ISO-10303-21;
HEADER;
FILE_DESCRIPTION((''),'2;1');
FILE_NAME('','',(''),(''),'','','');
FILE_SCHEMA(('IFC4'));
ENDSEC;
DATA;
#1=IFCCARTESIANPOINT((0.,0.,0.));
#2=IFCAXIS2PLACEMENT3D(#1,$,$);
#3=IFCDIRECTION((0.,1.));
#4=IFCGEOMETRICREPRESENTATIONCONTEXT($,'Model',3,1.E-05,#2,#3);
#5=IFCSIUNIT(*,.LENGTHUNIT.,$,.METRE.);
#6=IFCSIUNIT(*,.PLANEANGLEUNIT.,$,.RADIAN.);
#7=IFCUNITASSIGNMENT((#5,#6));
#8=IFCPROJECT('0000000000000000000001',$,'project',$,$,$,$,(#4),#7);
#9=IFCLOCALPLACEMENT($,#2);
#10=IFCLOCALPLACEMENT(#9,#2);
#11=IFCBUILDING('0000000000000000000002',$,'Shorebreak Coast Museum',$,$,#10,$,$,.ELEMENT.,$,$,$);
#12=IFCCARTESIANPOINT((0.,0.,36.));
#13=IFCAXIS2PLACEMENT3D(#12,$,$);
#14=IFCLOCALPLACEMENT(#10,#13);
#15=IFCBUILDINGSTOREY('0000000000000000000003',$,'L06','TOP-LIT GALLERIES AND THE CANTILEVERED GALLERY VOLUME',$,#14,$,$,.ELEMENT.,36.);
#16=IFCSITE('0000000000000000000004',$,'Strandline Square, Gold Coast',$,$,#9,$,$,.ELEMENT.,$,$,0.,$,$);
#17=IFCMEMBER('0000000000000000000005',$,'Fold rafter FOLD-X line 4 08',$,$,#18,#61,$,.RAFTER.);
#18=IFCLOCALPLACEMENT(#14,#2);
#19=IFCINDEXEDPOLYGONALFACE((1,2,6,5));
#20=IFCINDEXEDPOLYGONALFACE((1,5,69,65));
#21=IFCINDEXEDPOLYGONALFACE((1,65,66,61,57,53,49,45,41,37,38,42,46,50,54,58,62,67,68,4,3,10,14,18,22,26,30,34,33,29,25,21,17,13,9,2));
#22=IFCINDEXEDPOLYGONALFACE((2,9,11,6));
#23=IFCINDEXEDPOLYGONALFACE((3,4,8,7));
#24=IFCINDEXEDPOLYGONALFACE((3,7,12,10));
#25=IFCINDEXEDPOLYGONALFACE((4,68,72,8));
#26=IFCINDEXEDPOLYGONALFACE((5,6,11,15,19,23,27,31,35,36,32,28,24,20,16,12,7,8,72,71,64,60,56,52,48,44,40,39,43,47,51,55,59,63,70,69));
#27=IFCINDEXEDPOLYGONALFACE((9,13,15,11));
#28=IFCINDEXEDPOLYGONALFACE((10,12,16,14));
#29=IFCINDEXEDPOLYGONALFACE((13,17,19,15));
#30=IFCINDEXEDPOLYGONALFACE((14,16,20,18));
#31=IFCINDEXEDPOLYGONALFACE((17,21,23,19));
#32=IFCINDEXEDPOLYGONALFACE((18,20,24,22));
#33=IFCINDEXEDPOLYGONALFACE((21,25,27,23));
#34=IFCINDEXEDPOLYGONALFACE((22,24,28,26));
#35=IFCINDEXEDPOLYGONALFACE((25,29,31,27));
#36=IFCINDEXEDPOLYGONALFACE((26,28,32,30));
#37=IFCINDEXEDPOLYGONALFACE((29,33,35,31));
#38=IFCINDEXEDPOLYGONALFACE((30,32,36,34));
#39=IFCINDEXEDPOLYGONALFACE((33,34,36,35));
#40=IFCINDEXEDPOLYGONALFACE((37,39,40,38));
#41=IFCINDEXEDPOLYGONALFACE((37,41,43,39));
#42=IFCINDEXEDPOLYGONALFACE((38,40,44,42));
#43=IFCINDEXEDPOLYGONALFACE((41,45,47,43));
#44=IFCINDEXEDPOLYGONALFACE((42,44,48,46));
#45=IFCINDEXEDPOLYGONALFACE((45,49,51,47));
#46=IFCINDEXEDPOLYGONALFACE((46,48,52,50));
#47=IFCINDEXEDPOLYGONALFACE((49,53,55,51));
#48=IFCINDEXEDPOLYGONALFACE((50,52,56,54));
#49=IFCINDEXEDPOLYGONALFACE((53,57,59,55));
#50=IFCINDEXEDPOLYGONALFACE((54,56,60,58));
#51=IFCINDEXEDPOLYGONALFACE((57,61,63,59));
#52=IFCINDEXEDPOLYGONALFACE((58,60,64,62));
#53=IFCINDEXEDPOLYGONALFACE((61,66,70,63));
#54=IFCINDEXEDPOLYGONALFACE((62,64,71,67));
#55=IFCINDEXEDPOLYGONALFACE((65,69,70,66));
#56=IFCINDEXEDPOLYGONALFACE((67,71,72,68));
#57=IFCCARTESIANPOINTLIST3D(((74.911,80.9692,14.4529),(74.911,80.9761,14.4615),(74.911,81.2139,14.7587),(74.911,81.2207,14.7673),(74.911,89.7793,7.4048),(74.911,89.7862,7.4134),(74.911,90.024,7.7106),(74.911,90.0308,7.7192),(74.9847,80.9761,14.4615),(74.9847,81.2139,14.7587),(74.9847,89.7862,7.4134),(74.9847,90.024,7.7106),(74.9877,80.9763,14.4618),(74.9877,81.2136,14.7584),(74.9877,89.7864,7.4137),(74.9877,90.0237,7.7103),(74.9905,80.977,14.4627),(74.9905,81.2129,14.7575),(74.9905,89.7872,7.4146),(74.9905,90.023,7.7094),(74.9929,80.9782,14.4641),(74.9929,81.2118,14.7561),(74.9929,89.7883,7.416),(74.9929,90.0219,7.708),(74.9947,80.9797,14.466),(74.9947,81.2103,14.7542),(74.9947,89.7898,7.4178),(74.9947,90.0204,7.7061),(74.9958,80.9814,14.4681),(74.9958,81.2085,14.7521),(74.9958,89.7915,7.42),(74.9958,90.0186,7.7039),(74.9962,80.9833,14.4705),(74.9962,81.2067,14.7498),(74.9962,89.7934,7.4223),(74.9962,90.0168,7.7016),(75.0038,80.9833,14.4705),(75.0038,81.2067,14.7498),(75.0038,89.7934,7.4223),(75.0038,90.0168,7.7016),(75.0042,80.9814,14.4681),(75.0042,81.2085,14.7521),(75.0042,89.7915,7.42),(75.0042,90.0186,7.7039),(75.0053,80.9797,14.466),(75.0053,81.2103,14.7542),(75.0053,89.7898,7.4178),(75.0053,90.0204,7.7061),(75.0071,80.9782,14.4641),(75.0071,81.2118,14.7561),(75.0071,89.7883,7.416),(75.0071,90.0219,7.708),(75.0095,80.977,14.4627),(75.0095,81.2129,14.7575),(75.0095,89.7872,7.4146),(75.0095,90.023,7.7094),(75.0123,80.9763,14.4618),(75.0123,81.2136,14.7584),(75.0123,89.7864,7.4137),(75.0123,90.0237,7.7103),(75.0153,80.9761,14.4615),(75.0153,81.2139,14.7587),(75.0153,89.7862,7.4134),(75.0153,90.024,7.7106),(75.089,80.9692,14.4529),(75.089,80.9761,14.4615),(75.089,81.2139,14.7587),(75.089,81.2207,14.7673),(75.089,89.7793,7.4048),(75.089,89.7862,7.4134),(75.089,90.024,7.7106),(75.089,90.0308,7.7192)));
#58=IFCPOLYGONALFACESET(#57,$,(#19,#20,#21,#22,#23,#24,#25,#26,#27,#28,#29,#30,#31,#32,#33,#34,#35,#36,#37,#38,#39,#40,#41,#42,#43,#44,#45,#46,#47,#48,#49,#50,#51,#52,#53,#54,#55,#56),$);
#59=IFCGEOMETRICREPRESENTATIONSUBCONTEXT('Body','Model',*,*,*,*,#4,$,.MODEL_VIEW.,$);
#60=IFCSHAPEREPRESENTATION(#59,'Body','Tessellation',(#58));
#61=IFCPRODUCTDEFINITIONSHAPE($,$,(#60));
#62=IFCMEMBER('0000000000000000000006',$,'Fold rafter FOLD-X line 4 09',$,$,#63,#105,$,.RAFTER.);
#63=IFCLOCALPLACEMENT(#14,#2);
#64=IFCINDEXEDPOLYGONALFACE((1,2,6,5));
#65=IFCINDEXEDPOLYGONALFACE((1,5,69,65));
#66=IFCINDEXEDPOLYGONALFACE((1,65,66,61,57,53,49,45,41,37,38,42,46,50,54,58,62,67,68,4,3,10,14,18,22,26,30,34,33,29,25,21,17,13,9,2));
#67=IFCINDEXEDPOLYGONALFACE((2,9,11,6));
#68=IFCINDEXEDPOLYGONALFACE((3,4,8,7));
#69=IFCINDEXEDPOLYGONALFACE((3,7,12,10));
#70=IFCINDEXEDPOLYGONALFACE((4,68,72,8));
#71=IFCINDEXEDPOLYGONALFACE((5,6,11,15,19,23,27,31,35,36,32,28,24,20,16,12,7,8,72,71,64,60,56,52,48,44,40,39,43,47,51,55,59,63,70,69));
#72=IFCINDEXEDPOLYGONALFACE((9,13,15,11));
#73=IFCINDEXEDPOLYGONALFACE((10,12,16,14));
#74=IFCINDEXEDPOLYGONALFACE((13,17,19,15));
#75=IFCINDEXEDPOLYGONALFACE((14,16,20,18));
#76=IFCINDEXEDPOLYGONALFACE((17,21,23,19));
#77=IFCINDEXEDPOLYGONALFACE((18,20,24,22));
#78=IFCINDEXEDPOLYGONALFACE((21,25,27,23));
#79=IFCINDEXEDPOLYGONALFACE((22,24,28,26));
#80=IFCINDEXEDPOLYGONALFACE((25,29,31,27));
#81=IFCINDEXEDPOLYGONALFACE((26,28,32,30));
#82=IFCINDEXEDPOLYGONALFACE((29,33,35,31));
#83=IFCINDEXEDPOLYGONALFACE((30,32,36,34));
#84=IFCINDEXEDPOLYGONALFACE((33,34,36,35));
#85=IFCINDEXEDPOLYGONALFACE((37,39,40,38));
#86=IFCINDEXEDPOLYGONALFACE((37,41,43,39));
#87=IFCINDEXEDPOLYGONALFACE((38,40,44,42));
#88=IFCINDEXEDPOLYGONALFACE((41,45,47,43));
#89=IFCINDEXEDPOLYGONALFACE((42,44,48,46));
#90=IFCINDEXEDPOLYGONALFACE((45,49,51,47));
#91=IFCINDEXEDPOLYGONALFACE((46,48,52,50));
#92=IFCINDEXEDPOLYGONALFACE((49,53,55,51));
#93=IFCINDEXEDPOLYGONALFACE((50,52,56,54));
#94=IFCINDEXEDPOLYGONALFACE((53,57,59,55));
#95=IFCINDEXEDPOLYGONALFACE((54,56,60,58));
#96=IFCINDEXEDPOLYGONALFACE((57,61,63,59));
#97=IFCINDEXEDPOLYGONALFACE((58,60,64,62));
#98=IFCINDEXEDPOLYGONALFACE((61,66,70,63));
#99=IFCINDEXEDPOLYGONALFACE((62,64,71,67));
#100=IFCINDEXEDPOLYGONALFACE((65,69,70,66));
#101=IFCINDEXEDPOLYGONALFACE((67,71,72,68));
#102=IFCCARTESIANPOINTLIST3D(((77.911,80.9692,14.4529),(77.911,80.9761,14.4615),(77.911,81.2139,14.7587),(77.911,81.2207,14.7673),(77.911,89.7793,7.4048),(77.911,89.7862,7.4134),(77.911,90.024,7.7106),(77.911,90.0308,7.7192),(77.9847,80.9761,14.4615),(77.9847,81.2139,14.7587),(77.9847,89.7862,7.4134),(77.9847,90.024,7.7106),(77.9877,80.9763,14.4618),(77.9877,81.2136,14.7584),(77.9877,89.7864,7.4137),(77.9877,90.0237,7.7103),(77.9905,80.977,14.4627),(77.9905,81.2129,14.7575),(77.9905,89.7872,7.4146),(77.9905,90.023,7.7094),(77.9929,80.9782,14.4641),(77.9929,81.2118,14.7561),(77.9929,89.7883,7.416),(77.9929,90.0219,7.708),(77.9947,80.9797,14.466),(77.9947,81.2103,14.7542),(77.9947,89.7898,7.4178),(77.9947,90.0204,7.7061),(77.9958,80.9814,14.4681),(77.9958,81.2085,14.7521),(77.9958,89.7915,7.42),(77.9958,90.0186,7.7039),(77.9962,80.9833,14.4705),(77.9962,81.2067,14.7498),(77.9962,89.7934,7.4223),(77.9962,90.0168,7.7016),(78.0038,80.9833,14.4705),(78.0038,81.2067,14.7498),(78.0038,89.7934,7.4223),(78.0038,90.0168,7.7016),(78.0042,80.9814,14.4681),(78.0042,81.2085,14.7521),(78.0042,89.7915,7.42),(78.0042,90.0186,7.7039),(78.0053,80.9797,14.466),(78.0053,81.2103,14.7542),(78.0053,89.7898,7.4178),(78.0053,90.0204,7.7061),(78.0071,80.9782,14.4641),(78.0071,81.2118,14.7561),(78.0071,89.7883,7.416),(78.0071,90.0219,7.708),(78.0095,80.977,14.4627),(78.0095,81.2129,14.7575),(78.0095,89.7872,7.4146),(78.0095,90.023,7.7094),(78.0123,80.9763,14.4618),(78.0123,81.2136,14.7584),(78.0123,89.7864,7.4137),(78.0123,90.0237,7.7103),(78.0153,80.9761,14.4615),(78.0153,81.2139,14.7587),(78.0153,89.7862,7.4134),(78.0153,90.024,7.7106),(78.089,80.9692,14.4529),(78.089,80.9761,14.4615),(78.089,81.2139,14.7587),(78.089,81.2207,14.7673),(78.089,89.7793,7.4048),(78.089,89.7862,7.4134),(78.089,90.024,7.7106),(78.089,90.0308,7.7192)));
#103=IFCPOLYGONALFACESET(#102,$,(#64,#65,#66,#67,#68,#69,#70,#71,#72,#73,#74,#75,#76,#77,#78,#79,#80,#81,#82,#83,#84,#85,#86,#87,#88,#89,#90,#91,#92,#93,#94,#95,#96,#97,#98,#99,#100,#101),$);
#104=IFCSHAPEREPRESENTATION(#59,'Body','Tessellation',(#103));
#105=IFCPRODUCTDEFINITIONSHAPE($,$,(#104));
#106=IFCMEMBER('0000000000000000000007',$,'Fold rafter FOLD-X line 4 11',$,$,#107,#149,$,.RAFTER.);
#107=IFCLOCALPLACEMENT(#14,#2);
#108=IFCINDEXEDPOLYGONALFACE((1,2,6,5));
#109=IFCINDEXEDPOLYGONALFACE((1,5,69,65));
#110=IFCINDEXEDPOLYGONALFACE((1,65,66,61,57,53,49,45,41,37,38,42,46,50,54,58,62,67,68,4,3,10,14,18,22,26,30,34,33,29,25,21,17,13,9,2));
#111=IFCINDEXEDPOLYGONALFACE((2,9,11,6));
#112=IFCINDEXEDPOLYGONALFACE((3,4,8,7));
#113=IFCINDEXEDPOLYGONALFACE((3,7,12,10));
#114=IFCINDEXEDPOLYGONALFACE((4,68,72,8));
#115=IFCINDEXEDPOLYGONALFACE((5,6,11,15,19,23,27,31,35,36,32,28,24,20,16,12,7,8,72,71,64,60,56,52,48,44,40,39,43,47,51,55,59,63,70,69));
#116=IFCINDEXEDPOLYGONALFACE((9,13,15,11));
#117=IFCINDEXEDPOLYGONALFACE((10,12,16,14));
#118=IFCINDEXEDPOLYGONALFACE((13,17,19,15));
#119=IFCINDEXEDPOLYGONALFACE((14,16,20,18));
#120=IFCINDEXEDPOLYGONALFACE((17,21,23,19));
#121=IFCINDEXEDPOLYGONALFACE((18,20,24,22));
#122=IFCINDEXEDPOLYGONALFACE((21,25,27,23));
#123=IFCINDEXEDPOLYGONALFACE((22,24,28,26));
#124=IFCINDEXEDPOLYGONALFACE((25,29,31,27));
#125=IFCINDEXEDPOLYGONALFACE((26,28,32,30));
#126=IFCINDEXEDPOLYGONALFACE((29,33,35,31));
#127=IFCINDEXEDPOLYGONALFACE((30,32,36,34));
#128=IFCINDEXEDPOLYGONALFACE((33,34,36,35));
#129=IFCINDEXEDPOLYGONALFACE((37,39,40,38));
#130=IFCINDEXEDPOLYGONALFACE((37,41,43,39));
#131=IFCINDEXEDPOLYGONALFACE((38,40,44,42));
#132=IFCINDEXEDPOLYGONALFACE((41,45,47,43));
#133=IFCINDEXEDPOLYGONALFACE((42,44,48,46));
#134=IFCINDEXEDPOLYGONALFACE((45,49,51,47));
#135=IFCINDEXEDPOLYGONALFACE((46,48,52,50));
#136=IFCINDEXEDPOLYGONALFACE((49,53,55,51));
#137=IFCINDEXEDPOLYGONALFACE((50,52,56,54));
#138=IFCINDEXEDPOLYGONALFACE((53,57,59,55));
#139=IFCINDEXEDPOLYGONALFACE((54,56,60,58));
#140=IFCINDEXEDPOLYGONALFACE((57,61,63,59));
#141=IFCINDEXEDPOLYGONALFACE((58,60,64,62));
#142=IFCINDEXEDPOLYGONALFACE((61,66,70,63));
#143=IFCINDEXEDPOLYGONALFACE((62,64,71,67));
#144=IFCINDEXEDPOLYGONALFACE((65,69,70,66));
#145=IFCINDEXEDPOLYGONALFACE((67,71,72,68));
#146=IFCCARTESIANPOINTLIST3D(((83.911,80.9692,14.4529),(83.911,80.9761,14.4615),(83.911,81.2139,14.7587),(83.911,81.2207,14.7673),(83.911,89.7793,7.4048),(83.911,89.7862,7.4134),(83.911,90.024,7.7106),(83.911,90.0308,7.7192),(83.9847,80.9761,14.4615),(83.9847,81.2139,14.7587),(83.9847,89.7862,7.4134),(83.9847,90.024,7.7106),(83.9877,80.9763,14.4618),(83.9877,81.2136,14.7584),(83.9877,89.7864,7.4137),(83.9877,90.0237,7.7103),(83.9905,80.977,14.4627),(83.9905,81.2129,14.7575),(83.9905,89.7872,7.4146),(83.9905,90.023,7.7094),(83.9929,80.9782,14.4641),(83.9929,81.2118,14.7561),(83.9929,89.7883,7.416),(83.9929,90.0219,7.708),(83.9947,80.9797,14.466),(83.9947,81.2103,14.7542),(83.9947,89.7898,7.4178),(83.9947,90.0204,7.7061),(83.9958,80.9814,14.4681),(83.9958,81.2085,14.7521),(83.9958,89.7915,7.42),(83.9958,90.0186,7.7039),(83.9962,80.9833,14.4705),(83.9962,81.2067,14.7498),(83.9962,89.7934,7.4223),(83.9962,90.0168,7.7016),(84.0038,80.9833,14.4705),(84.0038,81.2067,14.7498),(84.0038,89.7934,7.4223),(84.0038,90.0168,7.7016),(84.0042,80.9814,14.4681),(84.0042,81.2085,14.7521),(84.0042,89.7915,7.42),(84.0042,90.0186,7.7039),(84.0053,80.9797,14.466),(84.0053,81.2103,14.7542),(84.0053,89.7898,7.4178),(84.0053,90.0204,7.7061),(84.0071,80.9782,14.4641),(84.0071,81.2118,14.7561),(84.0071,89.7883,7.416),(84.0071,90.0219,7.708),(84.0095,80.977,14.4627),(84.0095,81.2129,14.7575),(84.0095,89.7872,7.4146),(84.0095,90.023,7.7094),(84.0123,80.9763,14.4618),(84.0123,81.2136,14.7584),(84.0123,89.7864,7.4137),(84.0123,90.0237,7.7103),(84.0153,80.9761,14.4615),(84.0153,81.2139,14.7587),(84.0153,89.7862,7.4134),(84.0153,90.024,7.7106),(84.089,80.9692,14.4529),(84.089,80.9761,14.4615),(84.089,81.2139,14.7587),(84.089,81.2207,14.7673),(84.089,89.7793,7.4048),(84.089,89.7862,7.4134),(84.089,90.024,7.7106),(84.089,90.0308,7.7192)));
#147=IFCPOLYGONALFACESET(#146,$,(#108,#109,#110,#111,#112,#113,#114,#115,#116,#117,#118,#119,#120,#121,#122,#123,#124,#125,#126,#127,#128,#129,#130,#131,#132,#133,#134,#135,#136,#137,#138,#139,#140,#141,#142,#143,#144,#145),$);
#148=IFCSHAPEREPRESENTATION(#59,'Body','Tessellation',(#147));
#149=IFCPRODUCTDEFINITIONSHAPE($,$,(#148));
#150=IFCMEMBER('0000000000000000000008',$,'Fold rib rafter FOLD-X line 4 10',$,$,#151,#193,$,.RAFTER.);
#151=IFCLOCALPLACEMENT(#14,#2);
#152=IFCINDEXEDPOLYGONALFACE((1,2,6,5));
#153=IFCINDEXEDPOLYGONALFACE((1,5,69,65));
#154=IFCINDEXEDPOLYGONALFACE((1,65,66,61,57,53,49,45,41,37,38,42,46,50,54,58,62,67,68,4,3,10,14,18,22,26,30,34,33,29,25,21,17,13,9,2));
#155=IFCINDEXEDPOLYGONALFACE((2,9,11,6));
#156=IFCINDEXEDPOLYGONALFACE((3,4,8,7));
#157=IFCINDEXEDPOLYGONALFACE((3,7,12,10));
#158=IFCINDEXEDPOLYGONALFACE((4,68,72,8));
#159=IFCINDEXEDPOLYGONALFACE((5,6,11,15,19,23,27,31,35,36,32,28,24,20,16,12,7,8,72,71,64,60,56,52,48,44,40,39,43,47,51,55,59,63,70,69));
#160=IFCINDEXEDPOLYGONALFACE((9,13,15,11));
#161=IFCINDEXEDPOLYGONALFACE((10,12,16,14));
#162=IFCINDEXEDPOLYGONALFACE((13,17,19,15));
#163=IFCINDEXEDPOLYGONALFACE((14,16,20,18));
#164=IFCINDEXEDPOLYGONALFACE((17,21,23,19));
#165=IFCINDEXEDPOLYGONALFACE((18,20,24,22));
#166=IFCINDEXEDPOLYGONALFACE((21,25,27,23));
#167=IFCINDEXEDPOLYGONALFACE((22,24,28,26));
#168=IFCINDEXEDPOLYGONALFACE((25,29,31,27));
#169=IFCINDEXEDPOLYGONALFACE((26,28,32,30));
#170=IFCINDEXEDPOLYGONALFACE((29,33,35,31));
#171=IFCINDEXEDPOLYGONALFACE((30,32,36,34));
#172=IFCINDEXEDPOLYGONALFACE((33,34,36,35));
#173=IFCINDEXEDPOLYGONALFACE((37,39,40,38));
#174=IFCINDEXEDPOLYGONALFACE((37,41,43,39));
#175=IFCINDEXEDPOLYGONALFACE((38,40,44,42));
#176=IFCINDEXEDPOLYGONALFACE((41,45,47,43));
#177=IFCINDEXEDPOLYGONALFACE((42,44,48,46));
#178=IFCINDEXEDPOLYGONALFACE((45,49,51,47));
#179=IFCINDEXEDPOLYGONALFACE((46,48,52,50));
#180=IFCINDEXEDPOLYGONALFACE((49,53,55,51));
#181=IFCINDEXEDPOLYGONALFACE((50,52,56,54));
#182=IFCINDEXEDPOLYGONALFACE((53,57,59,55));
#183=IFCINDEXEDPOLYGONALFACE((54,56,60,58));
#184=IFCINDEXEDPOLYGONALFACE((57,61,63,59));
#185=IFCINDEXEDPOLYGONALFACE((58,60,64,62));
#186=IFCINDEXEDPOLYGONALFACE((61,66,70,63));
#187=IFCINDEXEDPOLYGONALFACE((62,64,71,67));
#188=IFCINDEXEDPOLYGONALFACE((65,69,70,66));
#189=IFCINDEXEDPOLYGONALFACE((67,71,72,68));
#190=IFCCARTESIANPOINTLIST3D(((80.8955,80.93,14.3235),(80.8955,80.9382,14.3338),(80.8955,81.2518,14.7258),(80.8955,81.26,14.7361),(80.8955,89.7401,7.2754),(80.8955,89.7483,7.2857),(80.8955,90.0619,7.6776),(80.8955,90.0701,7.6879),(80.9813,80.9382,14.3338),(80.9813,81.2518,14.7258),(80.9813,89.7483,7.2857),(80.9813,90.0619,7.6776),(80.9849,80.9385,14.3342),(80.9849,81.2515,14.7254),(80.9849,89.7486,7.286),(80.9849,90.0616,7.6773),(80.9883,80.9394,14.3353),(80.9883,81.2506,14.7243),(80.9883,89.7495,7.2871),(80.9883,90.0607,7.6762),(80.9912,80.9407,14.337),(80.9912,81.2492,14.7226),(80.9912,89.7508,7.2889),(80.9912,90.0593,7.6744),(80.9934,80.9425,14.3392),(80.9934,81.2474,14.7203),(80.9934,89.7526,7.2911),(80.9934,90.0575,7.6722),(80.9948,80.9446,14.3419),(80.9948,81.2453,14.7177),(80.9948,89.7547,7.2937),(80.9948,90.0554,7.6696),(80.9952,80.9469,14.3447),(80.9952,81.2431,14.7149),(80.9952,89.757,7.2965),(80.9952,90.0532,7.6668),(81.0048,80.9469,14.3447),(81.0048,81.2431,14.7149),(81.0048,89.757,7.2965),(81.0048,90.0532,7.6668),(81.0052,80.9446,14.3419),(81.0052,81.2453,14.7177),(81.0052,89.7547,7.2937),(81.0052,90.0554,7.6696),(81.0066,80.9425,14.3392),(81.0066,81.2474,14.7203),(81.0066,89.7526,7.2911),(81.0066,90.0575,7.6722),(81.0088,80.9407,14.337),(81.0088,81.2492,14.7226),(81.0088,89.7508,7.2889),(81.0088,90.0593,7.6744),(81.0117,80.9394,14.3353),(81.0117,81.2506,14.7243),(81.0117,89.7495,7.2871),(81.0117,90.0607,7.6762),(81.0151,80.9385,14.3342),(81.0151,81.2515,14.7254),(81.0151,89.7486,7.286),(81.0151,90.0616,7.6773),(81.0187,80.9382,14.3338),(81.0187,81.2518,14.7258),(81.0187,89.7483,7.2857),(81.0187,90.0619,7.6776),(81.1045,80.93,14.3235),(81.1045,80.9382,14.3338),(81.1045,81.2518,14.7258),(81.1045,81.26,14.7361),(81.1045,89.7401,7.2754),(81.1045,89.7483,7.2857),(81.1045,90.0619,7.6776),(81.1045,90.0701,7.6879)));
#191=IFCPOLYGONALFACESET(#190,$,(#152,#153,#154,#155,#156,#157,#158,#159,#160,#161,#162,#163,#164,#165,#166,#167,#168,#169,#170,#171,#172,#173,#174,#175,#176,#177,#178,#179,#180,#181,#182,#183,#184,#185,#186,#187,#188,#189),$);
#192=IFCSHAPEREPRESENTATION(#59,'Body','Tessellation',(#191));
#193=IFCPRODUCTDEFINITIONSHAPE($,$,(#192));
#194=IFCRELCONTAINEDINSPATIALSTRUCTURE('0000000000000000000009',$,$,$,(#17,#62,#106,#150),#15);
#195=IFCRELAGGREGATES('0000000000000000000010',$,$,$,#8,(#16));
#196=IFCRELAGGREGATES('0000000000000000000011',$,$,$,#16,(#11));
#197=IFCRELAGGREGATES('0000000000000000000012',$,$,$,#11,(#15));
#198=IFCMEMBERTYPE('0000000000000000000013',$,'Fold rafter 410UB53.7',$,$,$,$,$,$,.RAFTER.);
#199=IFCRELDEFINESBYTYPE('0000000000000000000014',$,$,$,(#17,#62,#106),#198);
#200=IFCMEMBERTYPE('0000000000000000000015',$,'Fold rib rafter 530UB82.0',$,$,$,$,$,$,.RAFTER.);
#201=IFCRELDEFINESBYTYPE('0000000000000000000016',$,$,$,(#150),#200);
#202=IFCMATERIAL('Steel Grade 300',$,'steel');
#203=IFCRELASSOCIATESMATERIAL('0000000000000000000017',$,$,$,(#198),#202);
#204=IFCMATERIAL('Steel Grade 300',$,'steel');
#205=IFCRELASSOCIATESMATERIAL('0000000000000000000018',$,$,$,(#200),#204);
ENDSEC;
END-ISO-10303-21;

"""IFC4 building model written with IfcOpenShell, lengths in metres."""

from ifc_helpers import new_model, si_unit, direction, frame, origin, origin_2d, place, context, subcontext, project, spatial, i_section, extrude, material, material_profile, profile_set, type_object, element, save


model = new_model("IFC4")

# Units and contexts
model_context = context("Model", 3, precision=1e-05, world=origin(), true_north=direction((0.0, 1.0)))
body_context = subcontext(model_context, "Body", "Model", "MODEL_VIEW")
ifc_project = project(units=[si_unit("LENGTHUNIT", "METRE"), si_unit("PLANEANGLEUNIT", "RADIAN")], contexts=[model_context])

# Site, building, storey
site_placement = place(None, origin())
site = spatial("IfcSite", under=ifc_project, at=site_placement, Name="Strandline Square, Gold Coast", CompositionType="ELEMENT", RefElevation=0.0)
building_placement = place(site_placement, origin())
building = spatial("IfcBuilding", under=site, at=building_placement, Name="Shorebreak Coast Museum", CompositionType="ELEMENT")
storey_placement = place(building_placement, frame((0.0, 0.0, 36.0)))
storey = spatial("IfcBuildingStorey", under=building, at=storey_placement, Name="L06", Description="TOP-LIT GALLERIES AND THE CANTILEVERED GALLERY VOLUME", CompositionType="ELEMENT", Elevation=36.0)

# Members
ifc_material_1 = material(Name="Steel Grade 300", Category="steel")
ifc_material_profile_1 = material_profile(ifc_material_1, i_section(OverallWidth=0.178, OverallDepth=0.4026, WebThickness=0.0076, FlangeThickness=0.011, FilletRadius=0.0115, at=origin_2d()), Name="410UB53.7")
ifc_profile_set_1 = profile_set([ifc_material_profile_1], Name="Steel Grade 300")
member_type_1 = type_object("IfcMemberType", Name="Fold rafter 410UB53.7", PredefinedType="RAFTER", material=ifc_profile_set_1)
for number, where, z_axis, x_axis, name in (
    (1, (75.0, 81.095, 14.6101), (0.0, 0.780867, -0.624698), (-1.0, 0.0, 0.0), "Fold rafter FOLD-X line 4 08"),
    (2, (78.0, 81.095, 14.6101), (0.0, 0.780867, -0.624698), (-1.0, 0.0, 0.0), "Fold rafter FOLD-X line 4 09"),
    (3, (84.0, 81.095, 14.6101), (0.0, 0.780867, -0.624698), (-1.0, 0.0, 0.0), "Fold rafter FOLD-X line 4 11"),
):
    element("IfcMember", number, at=place(storey_placement, frame(where, z_axis=z_axis, x_axis=x_axis)), inside=storey, type_object=member_type_1, Name=name, PredefinedType="RAFTER", context=body_context, shape_type="SweptSolid", body=[
        extrude(i_section(OverallWidth=0.178, OverallDepth=0.4026, WebThickness=0.0076, FlangeThickness=0.011, FilletRadius=0.0115, at=origin_2d()), origin(), (0.0, 0.0, 1.0), 11.2825),
    ])
ifc_material_2 = material(Name="Steel Grade 300", Category="steel")
ifc_material_profile_2 = material_profile(ifc_material_2, i_section(OverallWidth=0.209, OverallDepth=0.5283, WebThickness=0.0095, FlangeThickness=0.0132, FilletRadius=0.0139, at=origin_2d()), Name="530UB82.0")
ifc_profile_set_2 = profile_set([ifc_material_profile_2], Name="Steel Grade 300")
member_type_2 = type_object("IfcMemberType", Name="Fold rib rafter 530UB82.0", PredefinedType="RAFTER", material=ifc_profile_set_2)
member_1_placement = place(storey_placement, frame((81.0, 81.095, 14.5298), z_axis=(0.0, 0.780867, -0.624698), x_axis=(-1.0, 0.0, 0.0)))
element("IfcMember", 4, at=member_1_placement, inside=storey, type_object=member_type_2, Name="Fold rib rafter FOLD-X line 4 10", PredefinedType="RAFTER", context=body_context, shape_type="SweptSolid", body=[
    extrude(i_section(OverallWidth=0.209, OverallDepth=0.5283, WebThickness=0.0095, FlangeThickness=0.0132, FilletRadius=0.0139, at=origin_2d()), origin(), (0.0, 0.0, 1.0), 11.2825),
])

save(model, "model.ifc")
